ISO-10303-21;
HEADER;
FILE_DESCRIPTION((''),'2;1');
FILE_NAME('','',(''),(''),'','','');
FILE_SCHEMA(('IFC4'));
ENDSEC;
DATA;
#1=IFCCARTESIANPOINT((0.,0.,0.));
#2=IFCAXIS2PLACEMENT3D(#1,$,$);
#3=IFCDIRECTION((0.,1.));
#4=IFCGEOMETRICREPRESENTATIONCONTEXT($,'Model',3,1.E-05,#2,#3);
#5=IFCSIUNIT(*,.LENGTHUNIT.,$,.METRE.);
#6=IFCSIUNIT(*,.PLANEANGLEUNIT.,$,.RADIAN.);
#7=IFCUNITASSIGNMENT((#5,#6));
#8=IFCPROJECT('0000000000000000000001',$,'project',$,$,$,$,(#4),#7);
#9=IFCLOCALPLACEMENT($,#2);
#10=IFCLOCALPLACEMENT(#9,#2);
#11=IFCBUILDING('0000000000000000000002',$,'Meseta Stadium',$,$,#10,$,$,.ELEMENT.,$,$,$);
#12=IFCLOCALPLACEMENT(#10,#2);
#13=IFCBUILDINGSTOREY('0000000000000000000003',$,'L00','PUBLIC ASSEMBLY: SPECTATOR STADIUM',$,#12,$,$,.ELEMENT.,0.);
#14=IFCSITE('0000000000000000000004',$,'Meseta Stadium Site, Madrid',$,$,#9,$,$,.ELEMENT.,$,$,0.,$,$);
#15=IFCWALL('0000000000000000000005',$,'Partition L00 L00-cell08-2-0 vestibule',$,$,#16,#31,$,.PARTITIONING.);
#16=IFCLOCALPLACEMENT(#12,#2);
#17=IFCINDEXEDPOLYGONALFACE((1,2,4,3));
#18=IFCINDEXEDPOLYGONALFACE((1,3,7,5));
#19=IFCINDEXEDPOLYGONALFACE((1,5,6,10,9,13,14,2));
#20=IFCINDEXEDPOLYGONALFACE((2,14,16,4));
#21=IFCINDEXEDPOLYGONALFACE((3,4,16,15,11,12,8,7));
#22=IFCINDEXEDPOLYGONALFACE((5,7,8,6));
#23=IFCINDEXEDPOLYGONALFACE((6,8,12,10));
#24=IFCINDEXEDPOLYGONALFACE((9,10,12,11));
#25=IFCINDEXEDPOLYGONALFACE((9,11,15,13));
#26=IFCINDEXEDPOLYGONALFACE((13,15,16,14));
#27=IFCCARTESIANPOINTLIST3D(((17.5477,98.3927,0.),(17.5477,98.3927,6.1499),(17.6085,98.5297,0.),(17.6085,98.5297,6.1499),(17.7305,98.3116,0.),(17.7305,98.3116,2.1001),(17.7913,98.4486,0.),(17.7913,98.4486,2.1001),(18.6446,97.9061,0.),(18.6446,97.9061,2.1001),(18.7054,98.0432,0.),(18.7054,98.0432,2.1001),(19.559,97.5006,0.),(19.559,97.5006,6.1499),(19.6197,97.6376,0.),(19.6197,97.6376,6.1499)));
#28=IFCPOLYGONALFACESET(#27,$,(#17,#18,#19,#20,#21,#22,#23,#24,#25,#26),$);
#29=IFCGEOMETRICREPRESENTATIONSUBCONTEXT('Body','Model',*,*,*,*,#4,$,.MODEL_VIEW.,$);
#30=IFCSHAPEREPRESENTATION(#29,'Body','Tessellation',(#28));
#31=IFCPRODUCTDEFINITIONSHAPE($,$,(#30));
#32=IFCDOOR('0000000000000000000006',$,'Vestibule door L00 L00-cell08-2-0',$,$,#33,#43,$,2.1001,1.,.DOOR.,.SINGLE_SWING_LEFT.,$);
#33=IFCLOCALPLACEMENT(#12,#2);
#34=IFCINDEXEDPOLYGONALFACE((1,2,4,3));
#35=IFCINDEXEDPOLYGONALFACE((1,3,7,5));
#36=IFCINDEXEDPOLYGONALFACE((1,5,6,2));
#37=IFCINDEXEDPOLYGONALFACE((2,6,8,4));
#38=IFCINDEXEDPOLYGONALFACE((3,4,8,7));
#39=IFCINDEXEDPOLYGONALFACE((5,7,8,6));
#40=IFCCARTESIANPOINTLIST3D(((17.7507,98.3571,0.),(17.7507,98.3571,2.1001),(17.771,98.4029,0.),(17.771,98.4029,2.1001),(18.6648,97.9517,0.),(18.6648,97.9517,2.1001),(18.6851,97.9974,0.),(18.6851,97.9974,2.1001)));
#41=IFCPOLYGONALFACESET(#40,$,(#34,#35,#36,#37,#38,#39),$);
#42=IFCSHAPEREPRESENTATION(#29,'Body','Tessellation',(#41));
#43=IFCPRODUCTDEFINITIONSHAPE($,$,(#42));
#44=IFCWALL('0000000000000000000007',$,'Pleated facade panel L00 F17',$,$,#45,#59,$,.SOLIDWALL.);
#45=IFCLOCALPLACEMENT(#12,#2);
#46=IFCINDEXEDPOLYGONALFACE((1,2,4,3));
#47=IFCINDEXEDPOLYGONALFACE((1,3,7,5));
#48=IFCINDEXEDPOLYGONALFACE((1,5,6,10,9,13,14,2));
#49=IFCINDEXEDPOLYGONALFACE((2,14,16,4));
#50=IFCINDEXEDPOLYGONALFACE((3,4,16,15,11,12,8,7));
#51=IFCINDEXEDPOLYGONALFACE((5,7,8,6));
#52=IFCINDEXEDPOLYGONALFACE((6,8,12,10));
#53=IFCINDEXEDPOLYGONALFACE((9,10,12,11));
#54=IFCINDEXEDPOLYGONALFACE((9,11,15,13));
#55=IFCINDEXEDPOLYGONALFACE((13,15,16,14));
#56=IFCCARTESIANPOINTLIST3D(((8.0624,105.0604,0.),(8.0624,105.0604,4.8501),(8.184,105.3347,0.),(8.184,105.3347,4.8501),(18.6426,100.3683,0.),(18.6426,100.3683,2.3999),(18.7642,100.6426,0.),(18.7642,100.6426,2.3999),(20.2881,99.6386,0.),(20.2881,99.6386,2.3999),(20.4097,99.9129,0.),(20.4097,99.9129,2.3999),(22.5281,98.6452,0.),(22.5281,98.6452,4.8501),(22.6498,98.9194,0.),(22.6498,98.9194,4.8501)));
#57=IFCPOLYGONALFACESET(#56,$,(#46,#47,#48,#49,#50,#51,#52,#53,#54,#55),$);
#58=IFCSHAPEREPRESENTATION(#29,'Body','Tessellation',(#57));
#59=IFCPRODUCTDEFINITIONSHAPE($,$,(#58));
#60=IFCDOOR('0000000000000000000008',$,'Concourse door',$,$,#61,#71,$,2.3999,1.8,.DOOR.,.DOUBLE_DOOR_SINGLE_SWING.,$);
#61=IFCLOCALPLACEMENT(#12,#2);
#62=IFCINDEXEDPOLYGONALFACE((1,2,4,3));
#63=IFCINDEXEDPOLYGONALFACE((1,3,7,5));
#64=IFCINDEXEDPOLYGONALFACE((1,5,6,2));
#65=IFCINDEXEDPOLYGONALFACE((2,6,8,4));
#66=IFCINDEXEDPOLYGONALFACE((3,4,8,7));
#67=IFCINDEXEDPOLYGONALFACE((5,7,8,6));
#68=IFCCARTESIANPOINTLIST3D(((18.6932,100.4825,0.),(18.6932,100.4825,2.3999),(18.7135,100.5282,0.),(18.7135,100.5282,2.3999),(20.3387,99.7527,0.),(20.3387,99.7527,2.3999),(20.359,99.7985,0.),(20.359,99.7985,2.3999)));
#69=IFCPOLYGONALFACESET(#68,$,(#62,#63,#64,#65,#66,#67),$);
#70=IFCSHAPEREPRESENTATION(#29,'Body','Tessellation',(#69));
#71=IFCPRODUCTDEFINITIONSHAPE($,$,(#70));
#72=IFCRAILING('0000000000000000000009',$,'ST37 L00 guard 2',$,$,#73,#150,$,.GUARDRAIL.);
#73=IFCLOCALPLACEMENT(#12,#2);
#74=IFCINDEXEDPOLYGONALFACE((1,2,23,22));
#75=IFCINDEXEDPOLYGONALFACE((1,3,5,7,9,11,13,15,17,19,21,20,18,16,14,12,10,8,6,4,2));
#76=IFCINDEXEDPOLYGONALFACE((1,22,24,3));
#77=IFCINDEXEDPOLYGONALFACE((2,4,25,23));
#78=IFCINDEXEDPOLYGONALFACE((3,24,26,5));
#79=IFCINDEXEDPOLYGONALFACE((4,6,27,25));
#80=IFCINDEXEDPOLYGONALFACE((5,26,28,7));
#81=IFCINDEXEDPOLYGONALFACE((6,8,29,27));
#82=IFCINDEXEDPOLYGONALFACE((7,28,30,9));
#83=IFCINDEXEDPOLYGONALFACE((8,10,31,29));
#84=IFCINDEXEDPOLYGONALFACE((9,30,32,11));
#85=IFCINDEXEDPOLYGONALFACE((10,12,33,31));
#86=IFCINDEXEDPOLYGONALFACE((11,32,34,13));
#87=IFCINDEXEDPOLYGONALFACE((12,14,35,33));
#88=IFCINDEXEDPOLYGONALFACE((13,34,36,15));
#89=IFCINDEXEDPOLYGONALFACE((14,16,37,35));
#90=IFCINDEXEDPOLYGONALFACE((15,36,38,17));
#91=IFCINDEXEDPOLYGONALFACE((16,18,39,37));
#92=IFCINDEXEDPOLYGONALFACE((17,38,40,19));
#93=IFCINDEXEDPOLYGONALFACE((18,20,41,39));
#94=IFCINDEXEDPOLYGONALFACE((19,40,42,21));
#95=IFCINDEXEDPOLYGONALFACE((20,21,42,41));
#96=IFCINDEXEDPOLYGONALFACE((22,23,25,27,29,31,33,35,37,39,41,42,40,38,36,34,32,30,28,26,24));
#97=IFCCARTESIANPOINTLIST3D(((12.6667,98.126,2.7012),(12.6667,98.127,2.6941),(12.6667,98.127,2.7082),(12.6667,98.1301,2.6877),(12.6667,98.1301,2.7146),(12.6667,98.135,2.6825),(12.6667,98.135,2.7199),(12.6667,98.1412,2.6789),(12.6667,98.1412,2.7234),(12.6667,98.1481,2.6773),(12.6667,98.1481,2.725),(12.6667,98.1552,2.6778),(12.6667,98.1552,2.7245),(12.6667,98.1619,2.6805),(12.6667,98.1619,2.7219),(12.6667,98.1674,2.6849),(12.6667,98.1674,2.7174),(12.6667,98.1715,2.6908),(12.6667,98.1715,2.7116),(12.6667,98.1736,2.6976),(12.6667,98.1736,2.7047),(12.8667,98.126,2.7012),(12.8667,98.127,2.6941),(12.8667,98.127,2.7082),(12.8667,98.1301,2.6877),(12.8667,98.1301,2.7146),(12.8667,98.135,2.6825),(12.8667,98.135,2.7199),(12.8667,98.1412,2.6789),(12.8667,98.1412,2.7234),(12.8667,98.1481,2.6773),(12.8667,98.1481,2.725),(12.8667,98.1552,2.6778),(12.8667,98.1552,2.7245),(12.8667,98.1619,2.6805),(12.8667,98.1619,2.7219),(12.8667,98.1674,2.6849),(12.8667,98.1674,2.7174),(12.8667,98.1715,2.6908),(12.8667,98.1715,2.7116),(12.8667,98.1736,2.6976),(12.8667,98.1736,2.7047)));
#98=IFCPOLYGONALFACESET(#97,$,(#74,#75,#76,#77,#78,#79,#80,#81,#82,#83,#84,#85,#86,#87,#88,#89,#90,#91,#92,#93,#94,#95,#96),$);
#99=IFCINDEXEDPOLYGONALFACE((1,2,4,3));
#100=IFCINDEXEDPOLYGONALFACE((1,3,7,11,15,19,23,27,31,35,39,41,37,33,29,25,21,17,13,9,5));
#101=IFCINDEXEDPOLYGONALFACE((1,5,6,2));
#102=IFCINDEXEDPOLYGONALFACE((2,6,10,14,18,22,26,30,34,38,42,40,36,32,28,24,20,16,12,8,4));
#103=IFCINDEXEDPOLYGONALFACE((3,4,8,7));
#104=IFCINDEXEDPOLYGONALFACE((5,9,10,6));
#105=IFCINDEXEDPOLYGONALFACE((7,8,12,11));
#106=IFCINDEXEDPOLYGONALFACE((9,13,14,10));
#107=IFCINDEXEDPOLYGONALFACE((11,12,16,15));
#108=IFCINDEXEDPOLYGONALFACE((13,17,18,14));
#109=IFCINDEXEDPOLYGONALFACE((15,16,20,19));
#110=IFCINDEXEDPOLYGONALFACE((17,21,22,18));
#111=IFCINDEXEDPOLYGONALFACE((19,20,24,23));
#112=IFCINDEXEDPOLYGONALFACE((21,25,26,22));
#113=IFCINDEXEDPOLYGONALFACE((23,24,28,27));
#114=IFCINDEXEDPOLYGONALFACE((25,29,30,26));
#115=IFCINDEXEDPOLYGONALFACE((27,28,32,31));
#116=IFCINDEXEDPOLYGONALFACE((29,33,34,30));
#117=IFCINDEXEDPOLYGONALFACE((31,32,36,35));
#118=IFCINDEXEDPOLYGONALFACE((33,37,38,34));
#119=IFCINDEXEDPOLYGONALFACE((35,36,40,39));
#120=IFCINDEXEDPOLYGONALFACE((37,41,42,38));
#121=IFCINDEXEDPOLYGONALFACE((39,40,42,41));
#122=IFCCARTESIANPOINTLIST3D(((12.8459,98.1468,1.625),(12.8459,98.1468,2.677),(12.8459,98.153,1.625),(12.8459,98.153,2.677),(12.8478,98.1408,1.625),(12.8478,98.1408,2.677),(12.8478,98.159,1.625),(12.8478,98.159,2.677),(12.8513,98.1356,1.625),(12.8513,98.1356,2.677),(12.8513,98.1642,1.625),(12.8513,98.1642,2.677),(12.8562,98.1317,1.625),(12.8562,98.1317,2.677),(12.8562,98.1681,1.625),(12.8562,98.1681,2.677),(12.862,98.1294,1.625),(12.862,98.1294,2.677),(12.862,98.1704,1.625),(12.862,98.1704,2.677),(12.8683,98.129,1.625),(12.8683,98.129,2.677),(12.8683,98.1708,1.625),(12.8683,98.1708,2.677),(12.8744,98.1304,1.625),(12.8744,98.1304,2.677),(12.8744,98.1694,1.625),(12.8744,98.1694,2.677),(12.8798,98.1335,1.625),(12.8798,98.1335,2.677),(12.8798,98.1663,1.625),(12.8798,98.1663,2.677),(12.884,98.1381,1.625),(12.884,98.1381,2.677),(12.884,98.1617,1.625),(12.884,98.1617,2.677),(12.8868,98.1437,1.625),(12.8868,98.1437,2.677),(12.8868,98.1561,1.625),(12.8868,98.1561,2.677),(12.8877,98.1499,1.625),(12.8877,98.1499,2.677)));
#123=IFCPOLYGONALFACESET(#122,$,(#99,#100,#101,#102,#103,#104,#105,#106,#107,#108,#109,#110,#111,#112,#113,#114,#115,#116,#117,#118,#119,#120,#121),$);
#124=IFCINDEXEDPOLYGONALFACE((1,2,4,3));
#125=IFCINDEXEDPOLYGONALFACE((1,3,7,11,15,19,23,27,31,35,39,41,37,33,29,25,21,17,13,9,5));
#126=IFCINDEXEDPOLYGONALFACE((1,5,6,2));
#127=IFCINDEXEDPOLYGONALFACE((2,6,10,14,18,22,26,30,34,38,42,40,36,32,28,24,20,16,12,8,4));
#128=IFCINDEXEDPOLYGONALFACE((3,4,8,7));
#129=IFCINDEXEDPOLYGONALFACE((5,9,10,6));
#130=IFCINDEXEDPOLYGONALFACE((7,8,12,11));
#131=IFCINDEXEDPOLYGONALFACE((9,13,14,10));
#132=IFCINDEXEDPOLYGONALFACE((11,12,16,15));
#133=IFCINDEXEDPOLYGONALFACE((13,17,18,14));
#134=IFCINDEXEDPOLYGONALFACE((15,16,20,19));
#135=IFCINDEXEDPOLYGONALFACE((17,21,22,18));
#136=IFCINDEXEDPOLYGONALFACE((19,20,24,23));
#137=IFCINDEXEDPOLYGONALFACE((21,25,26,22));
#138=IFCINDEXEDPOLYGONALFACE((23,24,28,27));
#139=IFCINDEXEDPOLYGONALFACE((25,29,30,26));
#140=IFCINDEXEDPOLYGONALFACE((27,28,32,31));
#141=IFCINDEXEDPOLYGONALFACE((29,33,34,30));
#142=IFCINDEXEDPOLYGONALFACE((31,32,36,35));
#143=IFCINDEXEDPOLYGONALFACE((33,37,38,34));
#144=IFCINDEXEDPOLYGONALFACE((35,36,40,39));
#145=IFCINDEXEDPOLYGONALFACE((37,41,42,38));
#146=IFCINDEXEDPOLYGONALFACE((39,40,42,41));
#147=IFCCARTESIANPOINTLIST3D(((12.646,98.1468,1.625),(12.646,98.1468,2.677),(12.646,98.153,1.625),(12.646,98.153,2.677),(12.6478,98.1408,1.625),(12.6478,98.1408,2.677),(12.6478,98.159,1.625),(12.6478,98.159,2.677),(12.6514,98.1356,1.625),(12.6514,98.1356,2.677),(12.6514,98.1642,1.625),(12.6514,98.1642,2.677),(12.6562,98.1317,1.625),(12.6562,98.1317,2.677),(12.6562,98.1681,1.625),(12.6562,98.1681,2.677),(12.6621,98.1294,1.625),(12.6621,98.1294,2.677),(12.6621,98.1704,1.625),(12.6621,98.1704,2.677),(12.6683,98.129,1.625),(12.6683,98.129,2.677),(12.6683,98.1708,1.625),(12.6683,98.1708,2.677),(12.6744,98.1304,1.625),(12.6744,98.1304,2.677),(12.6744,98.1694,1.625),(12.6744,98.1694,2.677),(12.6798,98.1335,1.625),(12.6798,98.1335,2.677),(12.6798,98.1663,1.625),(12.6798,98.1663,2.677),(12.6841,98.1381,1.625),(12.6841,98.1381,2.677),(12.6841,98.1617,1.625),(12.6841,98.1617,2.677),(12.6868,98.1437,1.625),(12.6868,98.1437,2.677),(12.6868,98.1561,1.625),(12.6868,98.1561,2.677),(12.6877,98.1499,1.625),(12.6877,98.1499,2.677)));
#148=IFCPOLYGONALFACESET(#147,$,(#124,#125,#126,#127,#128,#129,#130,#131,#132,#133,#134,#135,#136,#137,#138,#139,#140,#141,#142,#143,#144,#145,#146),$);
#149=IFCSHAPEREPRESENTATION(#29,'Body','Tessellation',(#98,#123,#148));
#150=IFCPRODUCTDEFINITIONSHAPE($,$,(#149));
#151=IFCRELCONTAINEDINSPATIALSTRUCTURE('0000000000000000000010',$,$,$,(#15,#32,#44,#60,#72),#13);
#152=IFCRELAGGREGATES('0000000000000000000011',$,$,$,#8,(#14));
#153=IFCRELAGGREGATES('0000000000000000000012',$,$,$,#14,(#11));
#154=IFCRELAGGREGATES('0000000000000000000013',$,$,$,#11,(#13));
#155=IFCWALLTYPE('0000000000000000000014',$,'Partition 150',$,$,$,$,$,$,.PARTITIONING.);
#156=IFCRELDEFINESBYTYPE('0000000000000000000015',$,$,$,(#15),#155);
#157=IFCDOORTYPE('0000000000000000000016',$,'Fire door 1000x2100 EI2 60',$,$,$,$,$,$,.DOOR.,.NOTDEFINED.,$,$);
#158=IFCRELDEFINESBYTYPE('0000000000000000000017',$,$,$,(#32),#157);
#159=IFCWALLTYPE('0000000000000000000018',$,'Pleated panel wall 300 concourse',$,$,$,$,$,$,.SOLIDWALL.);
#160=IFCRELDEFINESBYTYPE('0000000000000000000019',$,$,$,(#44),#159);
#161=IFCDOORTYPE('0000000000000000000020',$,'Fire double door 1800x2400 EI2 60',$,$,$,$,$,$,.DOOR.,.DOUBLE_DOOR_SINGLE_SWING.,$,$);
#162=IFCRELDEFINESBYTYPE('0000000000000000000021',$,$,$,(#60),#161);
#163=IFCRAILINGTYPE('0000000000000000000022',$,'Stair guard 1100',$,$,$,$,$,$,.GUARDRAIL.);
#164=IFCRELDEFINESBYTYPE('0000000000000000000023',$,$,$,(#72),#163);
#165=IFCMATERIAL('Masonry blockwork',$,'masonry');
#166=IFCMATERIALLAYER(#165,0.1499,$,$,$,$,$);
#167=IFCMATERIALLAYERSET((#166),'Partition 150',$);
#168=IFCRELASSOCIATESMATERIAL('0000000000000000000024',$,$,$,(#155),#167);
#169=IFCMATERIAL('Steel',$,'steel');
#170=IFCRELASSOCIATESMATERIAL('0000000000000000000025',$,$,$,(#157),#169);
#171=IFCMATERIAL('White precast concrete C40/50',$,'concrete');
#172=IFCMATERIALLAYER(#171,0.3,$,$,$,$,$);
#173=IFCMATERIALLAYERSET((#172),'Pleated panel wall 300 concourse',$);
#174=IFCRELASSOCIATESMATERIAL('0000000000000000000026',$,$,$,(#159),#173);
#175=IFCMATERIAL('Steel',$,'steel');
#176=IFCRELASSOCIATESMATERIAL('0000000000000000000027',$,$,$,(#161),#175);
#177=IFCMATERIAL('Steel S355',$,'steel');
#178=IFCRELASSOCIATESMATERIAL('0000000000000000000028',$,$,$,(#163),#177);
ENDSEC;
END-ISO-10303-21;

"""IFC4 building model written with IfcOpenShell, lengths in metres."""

from ifc_helpers import new_model, si_unit, direction, frame, frame_2d, origin, origin_2d, place, context, subcontext, project, spatial, rectangle, circle, extrude, material, layer, layer_set, type_object, element, fill, save


model = new_model("IFC4")

# Units and contexts
model_context = context("Model", 3, precision=1e-05, world=origin(), true_north=direction((0.0, 1.0)))
body_context = subcontext(model_context, "Body", "Model", "MODEL_VIEW")
ifc_project = project(units=[si_unit("LENGTHUNIT", "METRE"), si_unit("PLANEANGLEUNIT", "RADIAN")], contexts=[model_context])

# Site, building, storey
site_placement = place(None, origin())
site = spatial("IfcSite", under=ifc_project, at=site_placement, Name="Meseta Stadium Site, Madrid", CompositionType="ELEMENT", RefElevation=0.0)
building_placement = place(site_placement, origin())
building = spatial("IfcBuilding", under=site, at=building_placement, Name="Meseta Stadium", CompositionType="ELEMENT")
storey_placement = place(building_placement, origin())
storey = spatial("IfcBuildingStorey", under=building, at=storey_placement, Name="L00", Description="PUBLIC ASSEMBLY: SPECTATOR STADIUM", CompositionType="ELEMENT", Elevation=0.0)

# Shared definitions
ifc_material_1 = material(Name="Masonry blockwork", Category="masonry")
ifc_layer_1 = layer(ifc_material_1, 0.1499)
ifc_layer_set_1 = layer_set([ifc_layer_1], Name="Partition 150")
wall_type_1 = type_object("IfcWallType", Name="Partition 150", PredefinedType="PARTITIONING", material=ifc_layer_set_1)

# Walls, openings, doors
wall_1_placement = place(storey_placement, frame((17.5781, 98.4612, 0.0), z_axis=(0.0, 0.0, 1.0), x_axis=(0.914113, -0.405459, 0.0)))
wall_1 = element("IfcWall", 1, at=wall_1_placement, inside=storey, type_object=wall_type_1, Name="Partition L00 L00-cell08-2-0 vestibule", PredefinedType="PARTITIONING", context=body_context, shape_type="SweptSolid", body=[
    extrude(rectangle(XDim=2.2002, YDim=0.1499, at=frame_2d((1.1001, 0.0))), origin(), (0.0, 0.0, 1.0), 6.1499),
])
opening_1_placement = place(wall_1_placement, frame((0.2, 0.0, 0.0)))
opening_1 = element("IfcOpeningElement", 2, at=opening_1_placement, cuts=wall_1, PredefinedType="OPENING", context=body_context, shape_type="SweptSolid", body=[
    extrude(rectangle(XDim=1.0, YDim=2.1001, at=frame_2d((0.5, 1.05))), frame((0.0, 0.085, 0.0), z_axis=(0.0, -1.0, 0.0), x_axis=(1.0, 0.0, 0.0)), (0.0, 0.0, 1.0), 0.1699),
])
ifc_material_2 = material(Name="Steel", Category="steel")
door_type_1 = type_object("IfcDoorType", Name="Fire door 1000x2100 EI2 60", OperationType="NOTDEFINED", PredefinedType="DOOR", material=ifc_material_2)
door_1_placement = place(opening_1_placement, origin())
door_1 = element("IfcDoor", 3, at=door_1_placement, inside=storey, type_object=door_type_1, Name="Vestibule door L00 L00-cell08-2-0", OperationType="SINGLE_SWING_LEFT", OverallHeight=2.1001, OverallWidth=1.0, PredefinedType="DOOR", context=body_context, shape_type="SweptSolid", body=[
    extrude(rectangle(XDim=1.0, YDim=2.1001, at=frame_2d((0.5, 1.05))), frame((0.0, 0.0249, 0.0), z_axis=(0.0, -1.0, 0.0), x_axis=(1.0, 0.0, 0.0)), (0.0, 0.0, 1.0), 0.05),
])
fill(opening_1, door_1)
ifc_material_3 = material(Name="White precast concrete C40/50", Category="concrete")
ifc_layer_2 = layer(ifc_material_3, 0.3)
ifc_layer_set_2 = layer_set([ifc_layer_2], Name="Pleated panel wall 300 concourse")
wall_type_2 = type_object("IfcWallType", Name="Pleated panel wall 300 concourse", PredefinedType="SOLIDWALL", material=ifc_layer_set_2)
wall_2_placement = place(storey_placement, frame((8.1233, 105.1975, 0.0), z_axis=(0.0, 0.0, 1.0), x_axis=(0.914139, -0.405401, 0.0)))
wall_2 = element("IfcWall", 4, at=wall_2_placement, inside=storey, type_object=wall_type_2, Name="Pleated facade panel L00 F17", PredefinedType="SOLIDWALL", context=body_context, shape_type="SweptSolid", body=[
    extrude(rectangle(XDim=15.8245, YDim=0.3, at=frame_2d((7.9121, 0.0))), origin(), (0.0, 0.0, 1.0), 4.8501),
])
opening_2_placement = place(wall_2_placement, frame((11.574, 0.0, 0.0)))
opening_2 = element("IfcOpeningElement", 5, at=opening_2_placement, cuts=wall_2, PredefinedType="OPENING", context=body_context, shape_type="SweptSolid", body=[
    extrude(rectangle(XDim=1.8, YDim=2.3999, at=frame_2d((0.8999, 1.2))), frame((0.0, 0.1599, 0.0), z_axis=(0.0, -1.0, 0.0), x_axis=(1.0, 0.0, 0.0)), (0.0, 0.0, 1.0), 0.3201),
])
ifc_material_4 = material(Name="Steel", Category="steel")
door_type_2 = type_object("IfcDoorType", Name="Fire double door 1800x2400 EI2 60", OperationType="DOUBLE_DOOR_SINGLE_SWING", PredefinedType="DOOR", material=ifc_material_4)
door_2_placement = place(opening_2_placement, origin())
door_2 = element("IfcDoor", 6, at=door_2_placement, inside=storey, type_object=door_type_2, Name="Concourse door", OperationType="DOUBLE_DOOR_SINGLE_SWING", OverallHeight=2.3999, OverallWidth=1.8, PredefinedType="DOOR", context=body_context, shape_type="SweptSolid", body=[
    extrude(rectangle(XDim=1.8, YDim=2.3999, at=frame_2d((0.8999, 1.2))), frame((0.0, 0.0249, 0.0), z_axis=(0.0, -1.0, 0.0), x_axis=(1.0, 0.0, 0.0)), (0.0, 0.0, 1.0), 0.05),
])
fill(opening_2, door_2)

# Railing
ifc_material_5 = material(Name="Steel S355", Category="steel")
railing_type = type_object("IfcRailingType", Name="Stair guard 1100", PredefinedType="GUARDRAIL", material=ifc_material_5)
for number, where, name in (
    (7, (12.8667, 98.1499, 1.625), "ST37 L00 guard 2"),
):
    element("IfcRailing", number, at=place(storey_placement, frame(where)), inside=storey, type_object=railing_type, Name=name, PredefinedType="GUARDRAIL", context=body_context, shape_type="SweptSolid", body=[
        extrude(circle(Radius=0.0239, at=origin_2d()), frame((0.0, 0.0, 1.0762), z_axis=(-1.0, 0.0, 0.0), x_axis=(0.0, -1.0, 0.0)), (0.0, 0.0, 1.0), 0.2),
        extrude(circle(Radius=0.021, at=origin_2d()), origin(), (0.0, 0.0, 1.0), 1.052),
        extrude(circle(Radius=0.021, at=origin_2d()), frame((-0.2, 0.0, 0.0)), (0.0, 0.0, 1.0), 1.052),
    ])

save(model, "model.ifc")
